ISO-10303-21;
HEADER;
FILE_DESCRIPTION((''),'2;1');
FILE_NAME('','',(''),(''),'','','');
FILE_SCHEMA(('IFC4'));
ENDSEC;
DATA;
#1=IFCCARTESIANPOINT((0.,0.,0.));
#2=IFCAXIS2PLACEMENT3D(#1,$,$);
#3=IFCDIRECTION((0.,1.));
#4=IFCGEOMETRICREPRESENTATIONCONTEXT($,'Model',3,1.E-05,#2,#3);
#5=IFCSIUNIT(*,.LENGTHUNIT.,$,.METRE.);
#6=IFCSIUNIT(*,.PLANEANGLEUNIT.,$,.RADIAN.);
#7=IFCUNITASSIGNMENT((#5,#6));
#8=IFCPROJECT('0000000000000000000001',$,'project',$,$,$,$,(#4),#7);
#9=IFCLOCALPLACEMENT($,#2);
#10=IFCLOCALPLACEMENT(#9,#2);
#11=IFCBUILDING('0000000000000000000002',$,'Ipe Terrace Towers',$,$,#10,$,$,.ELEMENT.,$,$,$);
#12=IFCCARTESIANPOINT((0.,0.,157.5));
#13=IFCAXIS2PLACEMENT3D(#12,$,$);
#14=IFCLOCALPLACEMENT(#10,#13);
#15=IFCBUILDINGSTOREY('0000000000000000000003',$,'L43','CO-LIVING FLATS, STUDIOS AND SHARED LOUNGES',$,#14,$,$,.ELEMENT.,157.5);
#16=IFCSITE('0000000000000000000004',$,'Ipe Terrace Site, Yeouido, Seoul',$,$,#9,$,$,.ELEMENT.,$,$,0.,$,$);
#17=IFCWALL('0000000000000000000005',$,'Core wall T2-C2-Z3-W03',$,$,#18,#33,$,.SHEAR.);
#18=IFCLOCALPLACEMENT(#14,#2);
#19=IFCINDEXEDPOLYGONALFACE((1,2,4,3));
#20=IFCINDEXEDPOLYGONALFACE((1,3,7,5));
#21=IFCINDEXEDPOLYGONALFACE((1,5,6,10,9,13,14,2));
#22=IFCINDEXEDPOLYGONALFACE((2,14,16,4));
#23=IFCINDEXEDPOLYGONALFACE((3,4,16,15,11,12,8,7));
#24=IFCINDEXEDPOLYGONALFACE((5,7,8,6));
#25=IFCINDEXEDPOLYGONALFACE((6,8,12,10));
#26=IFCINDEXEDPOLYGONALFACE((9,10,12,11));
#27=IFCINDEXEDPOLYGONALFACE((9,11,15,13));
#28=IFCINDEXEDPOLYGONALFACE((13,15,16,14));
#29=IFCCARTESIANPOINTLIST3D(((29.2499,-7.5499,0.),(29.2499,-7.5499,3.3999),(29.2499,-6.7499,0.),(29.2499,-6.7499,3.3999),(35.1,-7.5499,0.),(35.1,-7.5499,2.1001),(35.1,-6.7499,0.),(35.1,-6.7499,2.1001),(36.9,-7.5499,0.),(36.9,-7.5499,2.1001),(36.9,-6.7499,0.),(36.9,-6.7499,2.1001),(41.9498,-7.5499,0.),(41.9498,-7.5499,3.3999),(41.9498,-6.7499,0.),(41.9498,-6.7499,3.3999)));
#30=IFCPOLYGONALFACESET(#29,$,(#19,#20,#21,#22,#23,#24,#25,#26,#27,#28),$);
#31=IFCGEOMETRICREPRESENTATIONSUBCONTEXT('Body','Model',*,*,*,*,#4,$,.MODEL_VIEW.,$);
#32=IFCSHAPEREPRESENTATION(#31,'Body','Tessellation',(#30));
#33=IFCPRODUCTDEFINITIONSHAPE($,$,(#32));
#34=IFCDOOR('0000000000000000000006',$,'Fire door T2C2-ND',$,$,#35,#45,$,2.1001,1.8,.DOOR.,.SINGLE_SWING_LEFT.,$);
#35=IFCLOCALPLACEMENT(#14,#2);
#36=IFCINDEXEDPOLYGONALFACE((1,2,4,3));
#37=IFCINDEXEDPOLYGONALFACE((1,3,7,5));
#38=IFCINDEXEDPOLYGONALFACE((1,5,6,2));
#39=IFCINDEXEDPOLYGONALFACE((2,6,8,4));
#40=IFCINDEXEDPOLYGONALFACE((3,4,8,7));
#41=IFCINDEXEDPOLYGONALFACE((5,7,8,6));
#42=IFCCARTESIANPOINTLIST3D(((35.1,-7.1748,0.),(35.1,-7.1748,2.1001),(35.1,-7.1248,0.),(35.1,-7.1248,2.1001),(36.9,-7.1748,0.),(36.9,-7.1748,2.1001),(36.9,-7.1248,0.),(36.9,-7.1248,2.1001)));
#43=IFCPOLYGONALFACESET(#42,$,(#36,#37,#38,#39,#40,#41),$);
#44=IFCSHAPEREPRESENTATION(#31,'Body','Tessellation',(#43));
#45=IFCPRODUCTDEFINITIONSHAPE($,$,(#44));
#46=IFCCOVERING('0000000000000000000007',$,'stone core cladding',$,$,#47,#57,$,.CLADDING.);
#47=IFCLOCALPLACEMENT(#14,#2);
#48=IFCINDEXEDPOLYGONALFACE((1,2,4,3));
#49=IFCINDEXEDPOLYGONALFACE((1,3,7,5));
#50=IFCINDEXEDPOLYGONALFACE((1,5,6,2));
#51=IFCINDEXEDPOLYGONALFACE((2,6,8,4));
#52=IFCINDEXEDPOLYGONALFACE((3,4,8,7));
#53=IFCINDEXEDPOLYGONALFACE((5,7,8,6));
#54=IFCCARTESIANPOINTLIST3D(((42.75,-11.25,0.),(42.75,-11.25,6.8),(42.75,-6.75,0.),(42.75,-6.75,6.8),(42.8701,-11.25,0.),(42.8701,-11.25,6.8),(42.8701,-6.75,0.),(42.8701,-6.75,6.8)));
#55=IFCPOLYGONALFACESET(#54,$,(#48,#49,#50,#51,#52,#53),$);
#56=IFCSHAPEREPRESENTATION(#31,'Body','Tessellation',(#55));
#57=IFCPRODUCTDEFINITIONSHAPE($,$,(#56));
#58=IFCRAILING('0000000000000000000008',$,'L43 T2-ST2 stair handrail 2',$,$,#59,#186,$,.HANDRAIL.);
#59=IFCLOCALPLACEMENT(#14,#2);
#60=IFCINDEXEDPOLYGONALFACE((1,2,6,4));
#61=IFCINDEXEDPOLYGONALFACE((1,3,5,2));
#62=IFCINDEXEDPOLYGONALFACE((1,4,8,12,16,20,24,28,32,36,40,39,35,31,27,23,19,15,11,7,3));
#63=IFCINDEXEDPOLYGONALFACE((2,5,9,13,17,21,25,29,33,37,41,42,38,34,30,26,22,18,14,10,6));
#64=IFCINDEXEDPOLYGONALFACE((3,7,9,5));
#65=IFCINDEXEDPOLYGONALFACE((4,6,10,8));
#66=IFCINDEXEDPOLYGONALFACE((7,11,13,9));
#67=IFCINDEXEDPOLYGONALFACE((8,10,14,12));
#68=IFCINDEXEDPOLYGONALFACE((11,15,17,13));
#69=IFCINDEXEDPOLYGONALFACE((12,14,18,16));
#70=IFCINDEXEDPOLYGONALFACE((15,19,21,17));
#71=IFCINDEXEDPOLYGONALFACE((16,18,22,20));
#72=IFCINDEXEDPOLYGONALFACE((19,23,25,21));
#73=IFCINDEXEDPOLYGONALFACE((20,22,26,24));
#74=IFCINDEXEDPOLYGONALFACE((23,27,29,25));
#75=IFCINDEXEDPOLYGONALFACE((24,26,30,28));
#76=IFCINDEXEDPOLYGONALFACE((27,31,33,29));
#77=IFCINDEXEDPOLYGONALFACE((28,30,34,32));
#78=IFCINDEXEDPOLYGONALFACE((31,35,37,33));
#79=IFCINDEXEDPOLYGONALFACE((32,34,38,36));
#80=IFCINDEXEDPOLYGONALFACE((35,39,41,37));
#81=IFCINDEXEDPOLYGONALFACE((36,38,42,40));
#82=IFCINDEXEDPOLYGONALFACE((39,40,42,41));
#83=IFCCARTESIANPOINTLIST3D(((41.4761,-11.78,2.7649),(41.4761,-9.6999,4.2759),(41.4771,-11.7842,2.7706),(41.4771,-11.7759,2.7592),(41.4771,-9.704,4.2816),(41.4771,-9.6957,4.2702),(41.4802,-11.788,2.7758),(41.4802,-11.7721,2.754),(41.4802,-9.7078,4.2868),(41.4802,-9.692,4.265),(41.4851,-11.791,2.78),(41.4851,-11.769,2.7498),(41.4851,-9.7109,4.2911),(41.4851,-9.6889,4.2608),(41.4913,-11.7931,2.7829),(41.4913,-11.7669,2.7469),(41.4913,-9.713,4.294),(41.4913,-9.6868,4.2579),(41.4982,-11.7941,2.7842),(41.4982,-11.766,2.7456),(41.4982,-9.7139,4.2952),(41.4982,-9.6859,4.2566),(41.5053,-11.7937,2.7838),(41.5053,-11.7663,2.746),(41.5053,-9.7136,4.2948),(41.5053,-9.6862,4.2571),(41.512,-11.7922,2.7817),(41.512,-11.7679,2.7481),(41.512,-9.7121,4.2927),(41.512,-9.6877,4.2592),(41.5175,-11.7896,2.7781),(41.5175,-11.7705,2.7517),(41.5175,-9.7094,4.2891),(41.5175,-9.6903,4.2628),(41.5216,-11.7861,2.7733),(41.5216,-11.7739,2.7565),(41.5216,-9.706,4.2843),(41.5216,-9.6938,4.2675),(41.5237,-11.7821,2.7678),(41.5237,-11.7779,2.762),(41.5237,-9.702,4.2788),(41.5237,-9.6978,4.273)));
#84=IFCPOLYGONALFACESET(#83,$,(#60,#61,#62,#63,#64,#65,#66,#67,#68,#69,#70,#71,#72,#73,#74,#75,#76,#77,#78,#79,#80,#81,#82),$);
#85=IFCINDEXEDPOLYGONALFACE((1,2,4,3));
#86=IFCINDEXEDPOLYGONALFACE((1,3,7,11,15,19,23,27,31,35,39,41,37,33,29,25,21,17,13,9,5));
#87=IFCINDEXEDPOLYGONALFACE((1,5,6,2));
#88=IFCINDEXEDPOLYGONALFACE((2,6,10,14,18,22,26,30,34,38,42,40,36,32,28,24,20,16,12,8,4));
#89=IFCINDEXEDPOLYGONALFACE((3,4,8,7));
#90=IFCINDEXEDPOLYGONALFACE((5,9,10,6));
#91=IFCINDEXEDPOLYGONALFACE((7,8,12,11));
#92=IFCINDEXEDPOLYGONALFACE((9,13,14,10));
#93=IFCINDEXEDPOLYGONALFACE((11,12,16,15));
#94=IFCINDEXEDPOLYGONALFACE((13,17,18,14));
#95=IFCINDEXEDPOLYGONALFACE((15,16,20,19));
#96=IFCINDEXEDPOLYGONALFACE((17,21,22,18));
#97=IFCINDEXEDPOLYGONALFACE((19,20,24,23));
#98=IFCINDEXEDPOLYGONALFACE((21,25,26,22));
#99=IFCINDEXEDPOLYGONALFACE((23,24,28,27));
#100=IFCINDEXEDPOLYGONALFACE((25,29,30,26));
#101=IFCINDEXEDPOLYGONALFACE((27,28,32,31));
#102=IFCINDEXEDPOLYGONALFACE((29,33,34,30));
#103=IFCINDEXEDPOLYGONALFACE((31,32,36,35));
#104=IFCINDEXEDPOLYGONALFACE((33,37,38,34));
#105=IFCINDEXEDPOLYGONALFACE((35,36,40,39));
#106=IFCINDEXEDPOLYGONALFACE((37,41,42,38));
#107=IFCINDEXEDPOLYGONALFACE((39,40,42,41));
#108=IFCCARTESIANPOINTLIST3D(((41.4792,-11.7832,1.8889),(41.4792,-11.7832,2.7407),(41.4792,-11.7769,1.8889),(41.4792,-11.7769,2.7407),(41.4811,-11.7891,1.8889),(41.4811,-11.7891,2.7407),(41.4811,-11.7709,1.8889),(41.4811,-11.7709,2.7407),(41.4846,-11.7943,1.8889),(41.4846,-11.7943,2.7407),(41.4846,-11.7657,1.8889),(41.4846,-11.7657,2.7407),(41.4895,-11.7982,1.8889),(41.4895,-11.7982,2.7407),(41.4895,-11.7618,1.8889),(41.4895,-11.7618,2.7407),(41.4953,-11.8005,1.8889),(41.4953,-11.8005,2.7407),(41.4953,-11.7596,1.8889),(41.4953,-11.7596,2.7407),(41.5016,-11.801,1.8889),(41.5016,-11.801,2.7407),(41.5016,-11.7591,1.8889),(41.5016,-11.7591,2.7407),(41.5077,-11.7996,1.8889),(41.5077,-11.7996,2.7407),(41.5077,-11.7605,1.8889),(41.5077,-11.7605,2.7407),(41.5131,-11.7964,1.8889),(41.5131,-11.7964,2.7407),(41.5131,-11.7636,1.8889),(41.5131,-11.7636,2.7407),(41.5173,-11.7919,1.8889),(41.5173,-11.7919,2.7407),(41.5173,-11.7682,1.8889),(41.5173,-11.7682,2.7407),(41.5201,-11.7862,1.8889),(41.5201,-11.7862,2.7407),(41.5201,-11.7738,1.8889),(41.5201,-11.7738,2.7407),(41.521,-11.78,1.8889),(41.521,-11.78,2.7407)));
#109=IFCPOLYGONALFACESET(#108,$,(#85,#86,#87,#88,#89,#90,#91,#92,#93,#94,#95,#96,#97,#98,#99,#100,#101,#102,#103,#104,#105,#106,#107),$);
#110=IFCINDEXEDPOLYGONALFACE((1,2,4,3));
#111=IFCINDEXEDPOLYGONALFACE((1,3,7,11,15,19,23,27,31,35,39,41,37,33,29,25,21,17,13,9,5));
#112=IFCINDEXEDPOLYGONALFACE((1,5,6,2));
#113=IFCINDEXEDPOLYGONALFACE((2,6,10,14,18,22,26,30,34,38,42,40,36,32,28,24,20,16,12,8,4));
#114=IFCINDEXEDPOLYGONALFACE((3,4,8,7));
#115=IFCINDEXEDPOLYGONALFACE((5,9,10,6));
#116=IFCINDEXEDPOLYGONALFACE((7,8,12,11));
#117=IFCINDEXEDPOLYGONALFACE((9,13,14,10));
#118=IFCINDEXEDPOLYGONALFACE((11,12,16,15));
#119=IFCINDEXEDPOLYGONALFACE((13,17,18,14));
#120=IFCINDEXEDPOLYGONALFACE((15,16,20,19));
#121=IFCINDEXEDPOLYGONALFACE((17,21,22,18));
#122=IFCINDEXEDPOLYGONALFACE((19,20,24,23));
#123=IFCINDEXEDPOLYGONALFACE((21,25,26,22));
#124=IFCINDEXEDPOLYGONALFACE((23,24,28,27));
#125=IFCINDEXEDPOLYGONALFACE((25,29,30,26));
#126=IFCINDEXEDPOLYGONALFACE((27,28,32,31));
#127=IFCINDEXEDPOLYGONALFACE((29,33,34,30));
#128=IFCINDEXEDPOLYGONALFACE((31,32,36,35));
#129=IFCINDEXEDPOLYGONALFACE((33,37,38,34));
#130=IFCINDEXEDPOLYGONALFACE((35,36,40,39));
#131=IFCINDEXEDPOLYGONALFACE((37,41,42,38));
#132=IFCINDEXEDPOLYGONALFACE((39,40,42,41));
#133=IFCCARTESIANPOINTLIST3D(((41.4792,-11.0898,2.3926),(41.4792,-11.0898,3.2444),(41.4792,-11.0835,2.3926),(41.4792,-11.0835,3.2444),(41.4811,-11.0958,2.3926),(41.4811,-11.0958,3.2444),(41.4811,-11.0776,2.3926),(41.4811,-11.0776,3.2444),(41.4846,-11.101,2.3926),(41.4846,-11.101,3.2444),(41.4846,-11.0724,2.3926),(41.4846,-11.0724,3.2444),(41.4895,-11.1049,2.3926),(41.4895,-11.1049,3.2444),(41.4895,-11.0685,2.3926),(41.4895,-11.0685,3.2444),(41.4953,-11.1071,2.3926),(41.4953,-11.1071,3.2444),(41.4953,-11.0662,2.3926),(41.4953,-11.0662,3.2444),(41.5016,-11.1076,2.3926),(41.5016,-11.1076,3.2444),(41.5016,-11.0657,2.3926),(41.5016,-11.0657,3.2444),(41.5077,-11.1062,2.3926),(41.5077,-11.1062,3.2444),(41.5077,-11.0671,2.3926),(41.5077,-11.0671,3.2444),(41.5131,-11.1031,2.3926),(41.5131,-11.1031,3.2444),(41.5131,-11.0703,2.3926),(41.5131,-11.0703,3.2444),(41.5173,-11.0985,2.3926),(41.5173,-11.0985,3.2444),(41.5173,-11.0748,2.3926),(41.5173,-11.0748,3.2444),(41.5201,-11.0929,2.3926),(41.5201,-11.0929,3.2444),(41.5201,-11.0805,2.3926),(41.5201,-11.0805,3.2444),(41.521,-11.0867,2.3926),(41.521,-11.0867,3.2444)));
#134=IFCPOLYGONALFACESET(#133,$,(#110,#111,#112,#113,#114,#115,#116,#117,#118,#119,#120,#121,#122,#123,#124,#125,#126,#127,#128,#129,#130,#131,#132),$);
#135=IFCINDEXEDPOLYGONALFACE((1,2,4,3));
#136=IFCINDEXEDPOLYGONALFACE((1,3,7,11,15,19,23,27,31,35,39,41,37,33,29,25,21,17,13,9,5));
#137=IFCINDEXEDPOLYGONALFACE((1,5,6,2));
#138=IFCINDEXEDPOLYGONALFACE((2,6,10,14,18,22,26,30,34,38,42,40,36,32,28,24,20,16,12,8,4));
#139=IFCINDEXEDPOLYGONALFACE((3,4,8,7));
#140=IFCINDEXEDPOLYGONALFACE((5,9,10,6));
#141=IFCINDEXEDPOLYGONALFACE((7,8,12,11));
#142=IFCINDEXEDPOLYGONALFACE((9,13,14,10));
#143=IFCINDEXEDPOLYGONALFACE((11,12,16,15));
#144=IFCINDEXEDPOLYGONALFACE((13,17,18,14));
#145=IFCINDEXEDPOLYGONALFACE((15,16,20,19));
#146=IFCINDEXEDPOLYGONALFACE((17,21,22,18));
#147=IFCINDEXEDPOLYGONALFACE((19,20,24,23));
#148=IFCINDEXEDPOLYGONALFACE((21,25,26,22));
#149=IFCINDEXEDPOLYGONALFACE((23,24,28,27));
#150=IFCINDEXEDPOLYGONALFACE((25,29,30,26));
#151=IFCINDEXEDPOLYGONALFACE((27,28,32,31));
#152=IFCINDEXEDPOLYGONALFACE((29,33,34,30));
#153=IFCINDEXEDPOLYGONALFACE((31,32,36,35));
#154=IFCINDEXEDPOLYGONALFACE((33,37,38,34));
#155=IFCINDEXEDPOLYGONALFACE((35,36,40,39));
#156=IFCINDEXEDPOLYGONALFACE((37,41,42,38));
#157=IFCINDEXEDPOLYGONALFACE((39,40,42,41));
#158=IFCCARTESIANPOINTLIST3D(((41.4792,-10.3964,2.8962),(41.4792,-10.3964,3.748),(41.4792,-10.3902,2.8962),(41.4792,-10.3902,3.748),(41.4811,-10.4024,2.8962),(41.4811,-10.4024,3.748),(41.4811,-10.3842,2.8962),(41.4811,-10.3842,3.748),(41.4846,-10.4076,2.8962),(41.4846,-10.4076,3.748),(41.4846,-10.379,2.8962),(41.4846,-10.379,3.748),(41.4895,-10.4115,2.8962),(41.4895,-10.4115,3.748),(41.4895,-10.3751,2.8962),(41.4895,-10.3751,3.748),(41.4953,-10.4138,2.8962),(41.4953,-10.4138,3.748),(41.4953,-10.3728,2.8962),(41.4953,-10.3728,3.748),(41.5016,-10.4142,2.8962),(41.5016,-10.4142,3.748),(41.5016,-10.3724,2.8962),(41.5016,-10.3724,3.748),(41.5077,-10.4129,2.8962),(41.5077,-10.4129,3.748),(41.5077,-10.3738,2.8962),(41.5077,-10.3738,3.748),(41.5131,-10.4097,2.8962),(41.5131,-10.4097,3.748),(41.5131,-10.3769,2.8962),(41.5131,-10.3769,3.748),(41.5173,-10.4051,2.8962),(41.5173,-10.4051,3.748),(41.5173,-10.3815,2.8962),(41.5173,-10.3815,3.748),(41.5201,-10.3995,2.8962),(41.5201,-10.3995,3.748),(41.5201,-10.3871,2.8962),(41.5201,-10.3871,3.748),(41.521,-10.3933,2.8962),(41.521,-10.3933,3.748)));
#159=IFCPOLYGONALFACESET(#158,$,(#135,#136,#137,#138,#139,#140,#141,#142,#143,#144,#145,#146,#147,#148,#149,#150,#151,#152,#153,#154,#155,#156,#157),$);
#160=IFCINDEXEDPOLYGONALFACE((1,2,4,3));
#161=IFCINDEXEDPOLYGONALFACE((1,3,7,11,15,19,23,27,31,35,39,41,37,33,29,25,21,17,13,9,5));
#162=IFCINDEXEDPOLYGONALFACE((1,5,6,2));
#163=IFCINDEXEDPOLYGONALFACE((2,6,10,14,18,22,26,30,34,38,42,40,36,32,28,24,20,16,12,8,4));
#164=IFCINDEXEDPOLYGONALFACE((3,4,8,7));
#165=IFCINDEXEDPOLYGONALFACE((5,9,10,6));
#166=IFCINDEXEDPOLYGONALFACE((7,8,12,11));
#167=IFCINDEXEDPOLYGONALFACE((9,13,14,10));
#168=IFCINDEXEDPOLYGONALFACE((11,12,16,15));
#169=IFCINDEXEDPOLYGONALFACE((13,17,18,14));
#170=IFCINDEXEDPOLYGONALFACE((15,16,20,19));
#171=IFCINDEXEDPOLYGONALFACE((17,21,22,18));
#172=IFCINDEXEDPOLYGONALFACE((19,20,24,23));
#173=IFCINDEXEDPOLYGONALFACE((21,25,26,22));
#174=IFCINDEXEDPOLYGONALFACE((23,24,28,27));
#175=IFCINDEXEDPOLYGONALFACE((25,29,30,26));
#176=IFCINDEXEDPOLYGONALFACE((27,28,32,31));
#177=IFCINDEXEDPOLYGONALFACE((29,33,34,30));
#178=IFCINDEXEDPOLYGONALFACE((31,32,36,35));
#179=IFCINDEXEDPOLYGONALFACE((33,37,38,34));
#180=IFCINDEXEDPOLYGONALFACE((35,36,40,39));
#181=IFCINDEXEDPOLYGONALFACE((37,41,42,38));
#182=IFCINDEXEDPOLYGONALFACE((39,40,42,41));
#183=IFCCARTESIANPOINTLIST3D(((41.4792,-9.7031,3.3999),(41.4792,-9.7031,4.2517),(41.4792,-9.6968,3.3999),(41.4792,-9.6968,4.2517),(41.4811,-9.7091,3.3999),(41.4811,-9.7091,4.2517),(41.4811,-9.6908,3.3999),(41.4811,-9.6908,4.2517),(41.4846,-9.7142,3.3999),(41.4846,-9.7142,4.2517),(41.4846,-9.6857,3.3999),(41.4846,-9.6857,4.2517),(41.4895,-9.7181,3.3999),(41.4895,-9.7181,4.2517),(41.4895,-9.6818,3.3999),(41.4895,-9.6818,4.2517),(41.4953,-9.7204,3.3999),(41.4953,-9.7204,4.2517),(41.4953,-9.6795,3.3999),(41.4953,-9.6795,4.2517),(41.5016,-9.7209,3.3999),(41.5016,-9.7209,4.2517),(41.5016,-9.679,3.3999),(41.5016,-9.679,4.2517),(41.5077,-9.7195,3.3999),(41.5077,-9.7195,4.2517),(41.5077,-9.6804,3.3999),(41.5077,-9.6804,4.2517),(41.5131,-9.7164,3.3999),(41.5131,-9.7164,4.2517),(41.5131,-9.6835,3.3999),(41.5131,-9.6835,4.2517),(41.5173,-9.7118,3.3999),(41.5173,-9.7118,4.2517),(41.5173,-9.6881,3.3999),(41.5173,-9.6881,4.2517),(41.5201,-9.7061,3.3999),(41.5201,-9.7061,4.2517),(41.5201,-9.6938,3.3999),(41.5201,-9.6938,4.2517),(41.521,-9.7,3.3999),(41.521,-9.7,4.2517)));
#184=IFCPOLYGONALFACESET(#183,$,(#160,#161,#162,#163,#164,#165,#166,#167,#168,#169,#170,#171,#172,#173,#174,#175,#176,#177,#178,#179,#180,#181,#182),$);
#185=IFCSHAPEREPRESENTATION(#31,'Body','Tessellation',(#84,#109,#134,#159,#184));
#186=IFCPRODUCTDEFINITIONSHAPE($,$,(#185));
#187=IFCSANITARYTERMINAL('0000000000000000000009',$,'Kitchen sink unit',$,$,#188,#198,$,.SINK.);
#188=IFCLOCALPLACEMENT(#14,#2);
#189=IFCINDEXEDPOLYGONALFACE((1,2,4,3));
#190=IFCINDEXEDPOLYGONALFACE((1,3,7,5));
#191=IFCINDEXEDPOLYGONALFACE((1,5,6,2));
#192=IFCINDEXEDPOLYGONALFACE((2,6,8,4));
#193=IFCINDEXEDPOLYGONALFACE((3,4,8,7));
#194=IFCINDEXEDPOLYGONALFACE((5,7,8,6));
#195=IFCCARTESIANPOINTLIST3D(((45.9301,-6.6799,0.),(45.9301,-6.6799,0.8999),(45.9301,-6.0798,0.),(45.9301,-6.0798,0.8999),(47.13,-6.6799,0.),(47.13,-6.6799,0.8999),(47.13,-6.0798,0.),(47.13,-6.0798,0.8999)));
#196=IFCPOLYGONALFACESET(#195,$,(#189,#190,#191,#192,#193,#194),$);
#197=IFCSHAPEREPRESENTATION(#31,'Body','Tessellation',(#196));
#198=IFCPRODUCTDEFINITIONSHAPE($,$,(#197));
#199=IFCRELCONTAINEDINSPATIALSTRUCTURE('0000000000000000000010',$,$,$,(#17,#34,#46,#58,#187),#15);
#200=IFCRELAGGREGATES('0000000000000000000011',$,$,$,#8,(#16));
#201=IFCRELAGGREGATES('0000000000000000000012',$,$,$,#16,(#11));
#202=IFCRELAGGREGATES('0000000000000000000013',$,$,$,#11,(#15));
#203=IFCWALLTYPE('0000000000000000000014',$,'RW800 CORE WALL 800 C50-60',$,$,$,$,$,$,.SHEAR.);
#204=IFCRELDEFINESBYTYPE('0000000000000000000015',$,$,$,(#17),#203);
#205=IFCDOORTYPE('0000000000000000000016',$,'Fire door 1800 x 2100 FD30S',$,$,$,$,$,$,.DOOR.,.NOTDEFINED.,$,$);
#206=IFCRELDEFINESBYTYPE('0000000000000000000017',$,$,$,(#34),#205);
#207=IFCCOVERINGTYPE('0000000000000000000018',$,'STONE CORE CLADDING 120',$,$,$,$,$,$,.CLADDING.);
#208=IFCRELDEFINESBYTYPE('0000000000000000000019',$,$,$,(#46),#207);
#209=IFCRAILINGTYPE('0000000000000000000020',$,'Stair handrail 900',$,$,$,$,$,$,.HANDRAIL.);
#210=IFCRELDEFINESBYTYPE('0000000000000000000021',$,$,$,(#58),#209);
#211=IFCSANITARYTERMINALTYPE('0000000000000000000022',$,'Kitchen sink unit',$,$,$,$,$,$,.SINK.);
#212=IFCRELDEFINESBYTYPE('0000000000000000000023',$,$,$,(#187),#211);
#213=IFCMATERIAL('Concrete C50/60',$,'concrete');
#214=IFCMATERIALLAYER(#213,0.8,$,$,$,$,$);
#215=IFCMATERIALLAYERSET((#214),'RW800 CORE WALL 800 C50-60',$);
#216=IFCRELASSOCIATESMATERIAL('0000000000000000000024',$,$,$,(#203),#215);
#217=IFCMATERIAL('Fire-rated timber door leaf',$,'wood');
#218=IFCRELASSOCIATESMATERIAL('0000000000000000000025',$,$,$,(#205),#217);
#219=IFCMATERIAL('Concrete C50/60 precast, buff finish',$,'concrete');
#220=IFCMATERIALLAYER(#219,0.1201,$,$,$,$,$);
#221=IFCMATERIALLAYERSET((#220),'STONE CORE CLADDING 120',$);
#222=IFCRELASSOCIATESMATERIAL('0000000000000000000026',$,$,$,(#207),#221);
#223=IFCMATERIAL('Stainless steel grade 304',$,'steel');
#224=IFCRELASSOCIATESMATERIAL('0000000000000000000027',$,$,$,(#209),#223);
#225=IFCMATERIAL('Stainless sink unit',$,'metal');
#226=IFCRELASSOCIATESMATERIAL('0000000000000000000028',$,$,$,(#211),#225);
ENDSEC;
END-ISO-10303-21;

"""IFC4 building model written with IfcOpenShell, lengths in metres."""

from ifc_helpers import new_model, si_unit, direction, frame, frame_2d, origin, origin_2d, place, context, subcontext, project, spatial, rectangle, circle, extrude, material, layer, layer_set, type_object, element, fill, save


model = new_model("IFC4")

# Units and contexts
model_context = context("Model", 3, precision=1e-05, world=origin(), true_north=direction((0.0, 1.0)))
body_context = subcontext(model_context, "Body", "Model", "MODEL_VIEW")
ifc_project = project(units=[si_unit("LENGTHUNIT", "METRE"), si_unit("PLANEANGLEUNIT", "RADIAN")], contexts=[model_context])

# Site, building, storey
site_placement = place(None, origin())
site = spatial("IfcSite", under=ifc_project, at=site_placement, Name="Ipe Terrace Site, Yeouido, Seoul", CompositionType="ELEMENT", RefElevation=0.0)
building_placement = place(site_placement, origin())
building = spatial("IfcBuilding", under=site, at=building_placement, Name="Ipe Terrace Towers", CompositionType="ELEMENT")
storey_placement = place(building_placement, frame((0.0, 0.0, 157.5)))
storey = spatial("IfcBuildingStorey", under=building, at=storey_placement, Name="L43", Description="CO-LIVING FLATS, STUDIOS AND SHARED LOUNGES", CompositionType="ELEMENT", Elevation=157.5)

# Shared definitions
ifc_material_1 = material(Name="Concrete C50/60", Category="concrete")
ifc_layer_1 = layer(ifc_material_1, 0.8)
ifc_layer_set_1 = layer_set([ifc_layer_1], Name="RW800 CORE WALL 800 C50-60")
wall_type_1 = type_object("IfcWallType", Name="RW800 CORE WALL 800 C50-60", PredefinedType="SHEAR", material=ifc_layer_set_1)

# Wall, opening, door
wall_1_placement = place(storey_placement, frame((41.95, -7.1499, 0.0), z_axis=(0.0, 0.0, 1.0), x_axis=(-1.0, 0.0, 0.0)))
wall_1 = element("IfcWall", 1, at=wall_1_placement, inside=storey, type_object=wall_type_1, Name="Core wall T2-C2-Z3-W03", PredefinedType="SHEAR", context=body_context, shape_type="SweptSolid", body=[
    extrude(rectangle(XDim=12.7, YDim=0.8, at=frame_2d((6.3501, 0.0))), origin(), (0.0, 0.0, 1.0), 3.3999),
])
opening_1_placement = place(wall_1_placement, frame((5.05, 0.0, 0.0)))
opening_1 = element("IfcOpeningElement", 2, at=opening_1_placement, cuts=wall_1, PredefinedType="OPENING", context=body_context, shape_type="SweptSolid", body=[
    extrude(rectangle(XDim=1.8, YDim=2.1001, at=frame_2d((0.8999, 1.05))), frame((0.0, 0.4102, 0.0), z_axis=(0.0, -1.0, 0.0), x_axis=(1.0, 0.0, 0.0)), (0.0, 0.0, 1.0), 0.8201),
])
ifc_material_2 = material(Name="Fire-rated timber door leaf", Category="wood")
door_type_1 = type_object("IfcDoorType", Name="Fire door 1800 x 2100 FD30S", OperationType="NOTDEFINED", PredefinedType="DOOR", material=ifc_material_2)
door_1_placement = place(opening_1_placement, origin())
door_1 = element("IfcDoor", 3, at=door_1_placement, inside=storey, type_object=door_type_1, Name="Fire door T2C2-ND", OperationType="SINGLE_SWING_LEFT", OverallHeight=2.1001, OverallWidth=1.8, PredefinedType="DOOR", context=body_context, shape_type="SweptSolid", body=[
    extrude(rectangle(XDim=1.8, YDim=2.1001, at=frame_2d((0.8999, 1.05))), frame((0.0, 0.0249, 0.0), z_axis=(0.0, -1.0, 0.0), x_axis=(1.0, 0.0, 0.0)), (0.0, 0.0, 1.0), 0.05),
])
fill(opening_1, door_1)

# Covering
ifc_material_3 = material(Name="Concrete C50/60 precast, buff finish", Category="concrete")
ifc_layer_2 = layer(ifc_material_3, 0.1201)
ifc_layer_set_2 = layer_set([ifc_layer_2], Name="STONE CORE CLADDING 120")
covering_type = type_object("IfcCoveringType", Name="STONE CORE CLADDING 120", PredefinedType="CLADDING", material=ifc_layer_set_2)
covering_placement = place(storey_placement, frame((42.8101, -9.0, 0.0), z_axis=(0.0, 0.0, 1.0), x_axis=(0.0, 1.0, 0.0)))
element("IfcCovering", 4, at=covering_placement, inside=storey, type_object=covering_type, Name="stone core cladding", PredefinedType="CLADDING", context=body_context, shape_type="SweptSolid", body=[
    extrude(rectangle(XDim=4.5, YDim=0.1201, at=origin_2d()), origin(), (0.0, 0.0, 1.0), 6.8),
])

# Railing
ifc_material_4 = material(Name="Stainless steel grade 304", Category="steel")
railing_type = type_object("IfcRailingType", Name="Stair handrail 900", PredefinedType="HANDRAIL", material=ifc_material_4)
railing_placement = place(storey_placement, frame((41.5, -11.78, 1.8889)))
element("IfcRailing", 5, at=railing_placement, inside=storey, type_object=railing_type, Name="L43 T2-ST2 stair handrail 2", PredefinedType="HANDRAIL", context=body_context, shape_type="SweptSolid", body=[
    extrude(circle(Radius=0.0239, at=origin_2d()), frame((0.0, 0.0, 0.876), z_axis=(0.0, 0.809069, 0.587714), x_axis=(-1.0, 0.0, 0.0)), (0.0, 0.0, 1.0), 2.571),
    extrude(circle(Radius=0.021, at=origin_2d()), origin(), (0.0, 0.0, 1.0), 0.8518),
    extrude(circle(Radius=0.021, at=origin_2d()), frame((0.0, 0.6934, 0.5037)), (0.0, 0.0, 1.0), 0.8518),
    extrude(circle(Radius=0.021, at=origin_2d()), frame((0.0, 1.3867, 1.0073)), (0.0, 0.0, 1.0), 0.8518),
    extrude(circle(Radius=0.021, at=origin_2d()), frame((0.0, 2.0801, 1.511)), (0.0, 0.0, 1.0), 0.8518),
])

# Sanitary terminal
ifc_material_5 = material(Name="Stainless sink unit", Category="metal")
sanitary_terminal_type = type_object("IfcSanitaryTerminalType", Name="Kitchen sink unit", PredefinedType="SINK", material=ifc_material_5)
sanitary_terminal_placement = place(storey_placement, frame((46.53, -6.3799, 0.0), z_axis=(0.0, 0.0, 1.0), x_axis=(-1.0, 0.0, 0.0)))
element("IfcSanitaryTerminal", 6, at=sanitary_terminal_placement, inside=storey, type_object=sanitary_terminal_type, Name="Kitchen sink unit", PredefinedType="SINK", context=body_context, shape_type="SweptSolid", body=[
    extrude(rectangle(XDim=1.2, YDim=0.6001, at=origin_2d()), origin(), (0.0, 0.0, 1.0), 0.8999),
])

save(model, "model.ifc")
